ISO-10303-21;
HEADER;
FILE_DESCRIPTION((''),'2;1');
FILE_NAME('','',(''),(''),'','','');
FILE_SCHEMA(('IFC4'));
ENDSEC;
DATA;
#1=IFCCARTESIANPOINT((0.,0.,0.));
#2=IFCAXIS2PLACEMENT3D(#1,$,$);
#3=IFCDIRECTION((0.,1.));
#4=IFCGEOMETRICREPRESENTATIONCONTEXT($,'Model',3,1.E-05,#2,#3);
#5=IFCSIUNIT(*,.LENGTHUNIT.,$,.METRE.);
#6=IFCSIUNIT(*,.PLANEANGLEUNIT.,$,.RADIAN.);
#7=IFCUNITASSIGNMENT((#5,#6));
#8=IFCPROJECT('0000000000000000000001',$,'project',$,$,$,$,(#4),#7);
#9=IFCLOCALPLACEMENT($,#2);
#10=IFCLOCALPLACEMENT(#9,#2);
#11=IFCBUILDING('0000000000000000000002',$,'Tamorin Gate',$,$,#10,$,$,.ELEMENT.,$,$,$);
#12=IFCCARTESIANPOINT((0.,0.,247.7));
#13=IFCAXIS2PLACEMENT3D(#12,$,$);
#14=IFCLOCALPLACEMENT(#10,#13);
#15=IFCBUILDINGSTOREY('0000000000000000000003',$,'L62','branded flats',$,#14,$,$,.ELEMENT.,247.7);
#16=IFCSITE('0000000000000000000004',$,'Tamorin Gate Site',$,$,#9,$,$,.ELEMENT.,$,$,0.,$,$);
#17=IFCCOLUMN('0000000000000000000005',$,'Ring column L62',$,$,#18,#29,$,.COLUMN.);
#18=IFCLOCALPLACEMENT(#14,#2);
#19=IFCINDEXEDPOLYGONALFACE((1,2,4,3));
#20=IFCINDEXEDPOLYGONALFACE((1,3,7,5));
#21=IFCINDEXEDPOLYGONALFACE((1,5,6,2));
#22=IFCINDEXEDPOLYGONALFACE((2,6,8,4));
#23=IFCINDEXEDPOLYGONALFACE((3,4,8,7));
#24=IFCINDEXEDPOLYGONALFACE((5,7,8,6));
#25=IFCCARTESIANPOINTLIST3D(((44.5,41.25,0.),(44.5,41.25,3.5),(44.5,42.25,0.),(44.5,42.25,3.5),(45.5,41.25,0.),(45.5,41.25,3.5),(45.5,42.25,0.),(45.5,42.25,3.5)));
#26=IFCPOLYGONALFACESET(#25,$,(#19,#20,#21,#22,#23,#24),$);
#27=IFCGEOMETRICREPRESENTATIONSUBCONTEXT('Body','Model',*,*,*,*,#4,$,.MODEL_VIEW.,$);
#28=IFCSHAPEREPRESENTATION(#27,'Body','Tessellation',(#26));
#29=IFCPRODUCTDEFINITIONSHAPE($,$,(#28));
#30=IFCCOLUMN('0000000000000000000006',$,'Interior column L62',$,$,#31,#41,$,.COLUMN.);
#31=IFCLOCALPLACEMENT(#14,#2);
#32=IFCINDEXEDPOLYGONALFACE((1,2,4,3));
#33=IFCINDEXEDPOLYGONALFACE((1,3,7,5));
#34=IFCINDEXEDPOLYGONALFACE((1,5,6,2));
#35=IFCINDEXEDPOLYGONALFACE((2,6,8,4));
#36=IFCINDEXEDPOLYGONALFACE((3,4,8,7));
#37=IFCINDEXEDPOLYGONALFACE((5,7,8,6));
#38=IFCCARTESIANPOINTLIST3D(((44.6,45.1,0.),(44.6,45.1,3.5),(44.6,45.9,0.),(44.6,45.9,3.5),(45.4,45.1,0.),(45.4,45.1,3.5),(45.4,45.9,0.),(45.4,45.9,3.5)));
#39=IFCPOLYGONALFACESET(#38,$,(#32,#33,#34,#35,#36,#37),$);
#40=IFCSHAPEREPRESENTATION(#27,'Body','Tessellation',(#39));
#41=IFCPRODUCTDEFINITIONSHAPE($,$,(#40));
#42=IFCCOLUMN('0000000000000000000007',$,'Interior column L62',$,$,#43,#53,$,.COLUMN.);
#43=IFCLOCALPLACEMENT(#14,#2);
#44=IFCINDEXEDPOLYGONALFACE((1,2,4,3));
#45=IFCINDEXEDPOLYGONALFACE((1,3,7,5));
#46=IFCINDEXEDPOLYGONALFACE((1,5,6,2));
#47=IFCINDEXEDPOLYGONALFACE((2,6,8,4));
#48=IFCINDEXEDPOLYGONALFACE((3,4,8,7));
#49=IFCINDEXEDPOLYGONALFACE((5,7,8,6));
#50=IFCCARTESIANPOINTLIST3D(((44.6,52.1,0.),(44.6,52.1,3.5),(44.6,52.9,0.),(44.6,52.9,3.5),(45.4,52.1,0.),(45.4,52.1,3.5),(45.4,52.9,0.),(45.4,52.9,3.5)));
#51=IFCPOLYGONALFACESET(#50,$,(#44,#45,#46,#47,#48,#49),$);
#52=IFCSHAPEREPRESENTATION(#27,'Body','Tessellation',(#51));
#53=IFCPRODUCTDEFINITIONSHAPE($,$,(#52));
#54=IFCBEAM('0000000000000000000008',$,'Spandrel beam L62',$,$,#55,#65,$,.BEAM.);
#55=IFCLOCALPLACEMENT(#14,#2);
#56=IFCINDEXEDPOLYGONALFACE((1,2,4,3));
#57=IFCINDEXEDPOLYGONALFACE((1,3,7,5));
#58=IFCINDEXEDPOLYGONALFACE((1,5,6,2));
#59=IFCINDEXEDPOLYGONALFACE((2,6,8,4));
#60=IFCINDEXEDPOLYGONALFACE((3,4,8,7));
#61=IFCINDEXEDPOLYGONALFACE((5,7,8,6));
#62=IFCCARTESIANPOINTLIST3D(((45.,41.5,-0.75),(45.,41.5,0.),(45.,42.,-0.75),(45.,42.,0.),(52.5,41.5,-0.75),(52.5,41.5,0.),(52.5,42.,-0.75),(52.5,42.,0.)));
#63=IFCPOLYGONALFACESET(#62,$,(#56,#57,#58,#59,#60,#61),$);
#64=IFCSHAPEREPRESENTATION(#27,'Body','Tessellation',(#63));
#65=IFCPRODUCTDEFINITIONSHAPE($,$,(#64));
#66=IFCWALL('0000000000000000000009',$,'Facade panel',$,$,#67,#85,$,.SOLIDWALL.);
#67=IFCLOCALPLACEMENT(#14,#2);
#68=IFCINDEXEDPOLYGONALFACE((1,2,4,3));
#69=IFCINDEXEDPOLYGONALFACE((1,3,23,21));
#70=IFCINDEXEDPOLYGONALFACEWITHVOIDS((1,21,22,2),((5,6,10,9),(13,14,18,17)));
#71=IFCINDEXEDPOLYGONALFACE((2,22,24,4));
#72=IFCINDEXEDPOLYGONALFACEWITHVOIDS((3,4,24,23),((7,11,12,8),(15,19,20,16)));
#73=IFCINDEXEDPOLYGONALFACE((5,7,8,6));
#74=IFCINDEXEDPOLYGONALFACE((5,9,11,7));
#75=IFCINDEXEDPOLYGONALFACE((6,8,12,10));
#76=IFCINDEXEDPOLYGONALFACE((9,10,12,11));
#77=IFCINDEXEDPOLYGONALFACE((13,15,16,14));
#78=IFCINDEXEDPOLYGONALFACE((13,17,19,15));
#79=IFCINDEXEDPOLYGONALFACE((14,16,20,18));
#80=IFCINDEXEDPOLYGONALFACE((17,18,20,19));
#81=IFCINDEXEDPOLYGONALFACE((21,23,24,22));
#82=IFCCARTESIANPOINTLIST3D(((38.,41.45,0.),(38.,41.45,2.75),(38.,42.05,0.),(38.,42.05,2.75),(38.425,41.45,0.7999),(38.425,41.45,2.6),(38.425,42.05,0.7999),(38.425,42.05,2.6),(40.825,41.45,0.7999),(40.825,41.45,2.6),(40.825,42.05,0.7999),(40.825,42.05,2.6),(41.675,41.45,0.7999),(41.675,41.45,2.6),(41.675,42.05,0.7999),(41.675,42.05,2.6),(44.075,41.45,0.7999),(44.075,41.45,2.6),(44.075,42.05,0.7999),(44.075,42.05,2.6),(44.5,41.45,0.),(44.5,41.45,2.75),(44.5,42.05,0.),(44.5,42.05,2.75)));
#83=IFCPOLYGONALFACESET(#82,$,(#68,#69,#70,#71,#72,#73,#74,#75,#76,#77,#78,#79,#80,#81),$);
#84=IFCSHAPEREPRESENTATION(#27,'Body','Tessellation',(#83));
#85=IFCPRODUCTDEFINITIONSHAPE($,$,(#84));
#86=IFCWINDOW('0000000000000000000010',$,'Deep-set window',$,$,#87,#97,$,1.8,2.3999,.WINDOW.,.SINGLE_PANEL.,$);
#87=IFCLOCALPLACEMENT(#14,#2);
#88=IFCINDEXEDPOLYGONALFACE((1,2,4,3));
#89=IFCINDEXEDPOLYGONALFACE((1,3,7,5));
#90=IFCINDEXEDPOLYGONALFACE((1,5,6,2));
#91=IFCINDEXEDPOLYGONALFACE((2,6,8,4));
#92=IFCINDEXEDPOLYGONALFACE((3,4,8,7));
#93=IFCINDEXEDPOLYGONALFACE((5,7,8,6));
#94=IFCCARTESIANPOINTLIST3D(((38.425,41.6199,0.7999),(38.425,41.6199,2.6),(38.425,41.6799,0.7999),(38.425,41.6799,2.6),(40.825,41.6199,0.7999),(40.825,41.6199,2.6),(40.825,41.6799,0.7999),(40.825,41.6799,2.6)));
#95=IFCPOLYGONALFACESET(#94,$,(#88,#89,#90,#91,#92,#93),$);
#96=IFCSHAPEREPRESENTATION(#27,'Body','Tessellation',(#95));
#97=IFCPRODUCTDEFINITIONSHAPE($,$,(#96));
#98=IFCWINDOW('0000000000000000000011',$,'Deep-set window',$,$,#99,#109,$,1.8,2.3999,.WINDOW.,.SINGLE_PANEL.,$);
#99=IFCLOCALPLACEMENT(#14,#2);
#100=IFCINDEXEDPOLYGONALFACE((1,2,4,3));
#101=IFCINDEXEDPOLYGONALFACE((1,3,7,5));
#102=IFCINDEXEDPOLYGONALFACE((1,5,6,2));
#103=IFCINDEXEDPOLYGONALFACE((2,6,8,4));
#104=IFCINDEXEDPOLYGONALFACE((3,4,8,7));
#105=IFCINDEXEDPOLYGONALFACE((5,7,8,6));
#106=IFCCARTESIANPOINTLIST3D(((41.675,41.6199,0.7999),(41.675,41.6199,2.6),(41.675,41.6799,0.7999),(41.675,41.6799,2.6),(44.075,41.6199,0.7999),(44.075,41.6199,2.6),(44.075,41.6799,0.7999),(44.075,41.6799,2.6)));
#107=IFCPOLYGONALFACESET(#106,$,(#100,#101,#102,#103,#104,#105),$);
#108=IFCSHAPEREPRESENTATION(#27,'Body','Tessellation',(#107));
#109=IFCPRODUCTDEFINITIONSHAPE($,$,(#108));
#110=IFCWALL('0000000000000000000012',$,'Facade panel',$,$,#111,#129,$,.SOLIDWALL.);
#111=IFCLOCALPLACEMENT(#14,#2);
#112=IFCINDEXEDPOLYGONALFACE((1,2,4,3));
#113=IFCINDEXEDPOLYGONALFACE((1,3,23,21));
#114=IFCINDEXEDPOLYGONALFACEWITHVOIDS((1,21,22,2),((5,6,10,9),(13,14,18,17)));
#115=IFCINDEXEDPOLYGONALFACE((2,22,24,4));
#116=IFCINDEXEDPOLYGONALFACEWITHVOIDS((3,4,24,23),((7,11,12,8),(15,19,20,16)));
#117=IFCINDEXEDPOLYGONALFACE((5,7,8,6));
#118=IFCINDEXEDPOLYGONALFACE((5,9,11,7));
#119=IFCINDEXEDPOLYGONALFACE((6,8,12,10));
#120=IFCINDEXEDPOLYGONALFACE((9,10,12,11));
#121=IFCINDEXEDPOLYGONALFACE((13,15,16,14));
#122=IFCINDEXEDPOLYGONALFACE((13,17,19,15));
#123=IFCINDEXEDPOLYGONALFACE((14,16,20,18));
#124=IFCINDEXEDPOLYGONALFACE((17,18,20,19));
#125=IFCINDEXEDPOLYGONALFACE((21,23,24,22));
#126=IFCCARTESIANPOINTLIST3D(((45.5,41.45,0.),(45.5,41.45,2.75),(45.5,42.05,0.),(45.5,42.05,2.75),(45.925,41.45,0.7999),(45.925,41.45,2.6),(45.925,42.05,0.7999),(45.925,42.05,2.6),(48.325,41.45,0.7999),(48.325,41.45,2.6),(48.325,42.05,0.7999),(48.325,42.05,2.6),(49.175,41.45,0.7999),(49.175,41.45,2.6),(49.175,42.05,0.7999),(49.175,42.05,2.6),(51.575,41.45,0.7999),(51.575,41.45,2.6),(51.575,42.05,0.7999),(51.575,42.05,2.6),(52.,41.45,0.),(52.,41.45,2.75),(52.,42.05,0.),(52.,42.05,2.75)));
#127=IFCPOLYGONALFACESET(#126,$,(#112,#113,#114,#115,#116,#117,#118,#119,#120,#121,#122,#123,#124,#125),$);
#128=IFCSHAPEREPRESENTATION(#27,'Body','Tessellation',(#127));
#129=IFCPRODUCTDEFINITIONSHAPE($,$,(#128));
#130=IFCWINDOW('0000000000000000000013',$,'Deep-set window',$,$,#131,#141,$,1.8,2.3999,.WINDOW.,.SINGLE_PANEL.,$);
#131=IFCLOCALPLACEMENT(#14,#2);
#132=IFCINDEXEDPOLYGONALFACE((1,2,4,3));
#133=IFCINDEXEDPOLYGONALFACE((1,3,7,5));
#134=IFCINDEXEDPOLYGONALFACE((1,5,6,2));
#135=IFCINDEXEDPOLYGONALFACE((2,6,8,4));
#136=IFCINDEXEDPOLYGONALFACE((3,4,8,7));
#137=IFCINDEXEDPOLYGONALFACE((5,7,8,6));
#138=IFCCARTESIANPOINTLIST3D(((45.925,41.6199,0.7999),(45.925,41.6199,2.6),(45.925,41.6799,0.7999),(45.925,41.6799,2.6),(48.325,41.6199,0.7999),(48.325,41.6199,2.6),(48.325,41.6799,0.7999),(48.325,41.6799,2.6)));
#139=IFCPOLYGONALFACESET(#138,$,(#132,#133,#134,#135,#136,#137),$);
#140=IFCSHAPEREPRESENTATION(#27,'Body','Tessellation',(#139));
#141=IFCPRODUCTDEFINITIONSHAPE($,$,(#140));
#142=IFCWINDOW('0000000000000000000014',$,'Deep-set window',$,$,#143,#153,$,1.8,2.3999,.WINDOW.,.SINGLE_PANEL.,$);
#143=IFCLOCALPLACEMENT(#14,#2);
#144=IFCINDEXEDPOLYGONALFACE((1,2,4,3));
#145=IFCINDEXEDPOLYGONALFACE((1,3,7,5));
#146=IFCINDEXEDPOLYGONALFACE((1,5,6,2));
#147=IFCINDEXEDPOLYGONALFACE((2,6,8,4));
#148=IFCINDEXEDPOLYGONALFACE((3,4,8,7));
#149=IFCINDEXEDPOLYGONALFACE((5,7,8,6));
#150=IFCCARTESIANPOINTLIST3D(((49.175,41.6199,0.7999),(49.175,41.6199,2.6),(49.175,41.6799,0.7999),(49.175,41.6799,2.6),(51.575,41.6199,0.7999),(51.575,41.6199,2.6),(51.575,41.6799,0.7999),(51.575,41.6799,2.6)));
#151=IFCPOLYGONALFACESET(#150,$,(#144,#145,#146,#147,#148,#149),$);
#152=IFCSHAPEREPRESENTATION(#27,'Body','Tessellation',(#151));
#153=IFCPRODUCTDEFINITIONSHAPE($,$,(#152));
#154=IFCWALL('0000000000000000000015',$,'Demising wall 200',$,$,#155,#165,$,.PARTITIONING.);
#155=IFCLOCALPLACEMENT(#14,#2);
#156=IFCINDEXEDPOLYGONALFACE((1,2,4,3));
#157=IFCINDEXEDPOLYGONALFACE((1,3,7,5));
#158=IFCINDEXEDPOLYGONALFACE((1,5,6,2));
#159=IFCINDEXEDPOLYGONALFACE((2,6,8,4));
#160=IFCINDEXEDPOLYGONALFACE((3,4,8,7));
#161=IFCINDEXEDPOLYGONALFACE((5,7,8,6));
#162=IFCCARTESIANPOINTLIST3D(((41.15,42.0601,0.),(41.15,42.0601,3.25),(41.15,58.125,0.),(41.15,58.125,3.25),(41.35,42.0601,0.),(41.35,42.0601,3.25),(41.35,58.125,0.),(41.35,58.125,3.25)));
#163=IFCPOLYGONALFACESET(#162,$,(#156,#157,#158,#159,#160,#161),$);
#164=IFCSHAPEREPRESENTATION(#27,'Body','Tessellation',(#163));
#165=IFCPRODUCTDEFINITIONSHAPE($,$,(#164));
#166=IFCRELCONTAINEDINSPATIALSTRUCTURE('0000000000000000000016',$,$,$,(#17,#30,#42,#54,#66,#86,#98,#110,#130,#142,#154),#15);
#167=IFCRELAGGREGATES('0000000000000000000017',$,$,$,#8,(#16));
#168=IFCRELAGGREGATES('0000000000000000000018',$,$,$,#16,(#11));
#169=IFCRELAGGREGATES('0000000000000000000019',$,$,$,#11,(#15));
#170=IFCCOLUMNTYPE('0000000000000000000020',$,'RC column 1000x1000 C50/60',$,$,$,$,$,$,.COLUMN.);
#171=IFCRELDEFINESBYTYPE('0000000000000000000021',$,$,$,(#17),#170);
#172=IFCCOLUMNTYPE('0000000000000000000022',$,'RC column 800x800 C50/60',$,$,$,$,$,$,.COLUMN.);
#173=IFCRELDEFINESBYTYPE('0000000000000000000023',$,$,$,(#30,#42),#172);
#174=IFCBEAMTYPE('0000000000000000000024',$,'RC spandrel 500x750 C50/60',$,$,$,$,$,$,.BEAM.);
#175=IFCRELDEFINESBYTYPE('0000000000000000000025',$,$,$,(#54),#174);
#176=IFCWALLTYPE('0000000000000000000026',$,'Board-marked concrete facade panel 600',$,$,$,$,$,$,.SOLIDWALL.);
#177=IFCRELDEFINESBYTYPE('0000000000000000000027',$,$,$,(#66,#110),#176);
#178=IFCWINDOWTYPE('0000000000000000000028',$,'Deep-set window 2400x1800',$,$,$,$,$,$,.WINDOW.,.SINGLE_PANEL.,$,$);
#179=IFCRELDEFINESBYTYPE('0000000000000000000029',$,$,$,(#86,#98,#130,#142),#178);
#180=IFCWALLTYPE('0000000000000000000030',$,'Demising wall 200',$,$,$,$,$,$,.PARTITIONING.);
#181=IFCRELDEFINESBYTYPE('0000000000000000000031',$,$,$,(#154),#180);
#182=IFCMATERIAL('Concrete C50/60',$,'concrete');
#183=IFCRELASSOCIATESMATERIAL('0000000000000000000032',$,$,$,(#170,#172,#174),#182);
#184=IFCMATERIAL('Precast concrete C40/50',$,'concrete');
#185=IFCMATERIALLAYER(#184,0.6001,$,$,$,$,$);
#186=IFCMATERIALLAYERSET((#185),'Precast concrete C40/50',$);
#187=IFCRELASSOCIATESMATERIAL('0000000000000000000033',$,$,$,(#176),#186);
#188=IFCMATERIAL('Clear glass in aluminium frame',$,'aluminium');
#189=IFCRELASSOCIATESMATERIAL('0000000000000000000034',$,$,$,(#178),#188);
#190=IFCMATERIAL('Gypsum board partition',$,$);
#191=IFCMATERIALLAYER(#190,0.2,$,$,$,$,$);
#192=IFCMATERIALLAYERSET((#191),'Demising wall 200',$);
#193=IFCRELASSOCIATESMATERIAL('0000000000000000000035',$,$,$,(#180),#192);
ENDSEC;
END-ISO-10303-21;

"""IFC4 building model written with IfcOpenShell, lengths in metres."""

from ifc_helpers import new_model, si_unit, direction, frame, frame_2d, origin, origin_2d, place, context, subcontext, project, spatial, rectangle, extrude, material, layer, layer_set, material_profile, profile_set, type_object, element, fill, save


model = new_model("IFC4")

# Units and contexts
model_context = context("Model", 3, precision=1e-05, world=origin(), true_north=direction((0.0, 1.0)))
body_context = subcontext(model_context, "Body", "Model", "MODEL_VIEW")
ifc_project = project(units=[si_unit("LENGTHUNIT", "METRE"), si_unit("PLANEANGLEUNIT", "RADIAN")], contexts=[model_context])

# Site, building, storey
site_placement = place(None, origin())
site = spatial("IfcSite", under=ifc_project, at=site_placement, Name="Tamorin Gate Site", CompositionType="ELEMENT", RefElevation=0.0)
building_placement = place(site_placement, origin())
building = spatial("IfcBuilding", under=site, at=building_placement, Name="Tamorin Gate", CompositionType="ELEMENT")
storey_placement = place(building_placement, frame((0.0, 0.0, 247.7)))
storey = spatial("IfcBuildingStorey", under=building, at=storey_placement, Name="L62", Description="branded flats", CompositionType="ELEMENT", Elevation=247.7)

# Columns
ifc_material_1 = material(Name="Concrete C50/60", Category="concrete")
ifc_material_profile_1 = material_profile(ifc_material_1, rectangle(XDim=1.0, YDim=1.0, at=origin_2d()), Name="RC 1000x1000")
ifc_profile_set_1 = profile_set([ifc_material_profile_1], Name="Concrete C50/60")
column_type_1 = type_object("IfcColumnType", Name="RC column 1000x1000 C50/60", PredefinedType="COLUMN", material=ifc_profile_set_1)
column_placement = place(storey_placement, frame((45.0, 41.75, 0.0), z_axis=(0.0, 0.0, 1.0), x_axis=(1.0, 0.0, 0.0)))
element("IfcColumn", 1, at=column_placement, inside=storey, type_object=column_type_1, Name="Ring column L62", PredefinedType="COLUMN", context=body_context, shape_type="SweptSolid", body=[
    extrude(rectangle(XDim=1.0, YDim=1.0, at=origin_2d()), origin(), (0.0, 0.0, 1.0), 3.5),
])
ifc_material_profile_2 = material_profile(ifc_material_1, rectangle(XDim=0.8, YDim=0.8, at=origin_2d()), Name="RC 800x800")
ifc_profile_set_2 = profile_set([ifc_material_profile_2], Name="Concrete C50/60")
column_type_2 = type_object("IfcColumnType", Name="RC column 800x800 C50/60", PredefinedType="COLUMN", material=ifc_profile_set_2)
for number, where, z_axis, x_axis, name in (
    (2, (45.0, 45.5, 0.0), (0.0, 0.0, 1.0), (1.0, 0.0, 0.0), "Interior column L62"),
    (3, (45.0, 52.5, 0.0), (0.0, 0.0, 1.0), (1.0, 0.0, 0.0), "Interior column L62"),
):
    element("IfcColumn", number, at=place(storey_placement, frame(where, z_axis=z_axis, x_axis=x_axis)), inside=storey, type_object=column_type_2, Name=name, PredefinedType="COLUMN", context=body_context, shape_type="SweptSolid", body=[
        extrude(rectangle(XDim=0.8, YDim=0.8, at=origin_2d()), origin(), (0.0, 0.0, 1.0), 3.5),
    ])

# Beam
ifc_material_profile_3 = material_profile(ifc_material_1, rectangle(XDim=0.5, YDim=0.75, at=origin_2d()), Name="RC 500x750")
ifc_profile_set_3 = profile_set([ifc_material_profile_3], Name="Concrete C50/60")
beam_type = type_object("IfcBeamType", Name="RC spandrel 500x750 C50/60", PredefinedType="BEAM", material=ifc_profile_set_3)
beam_placement = place(storey_placement, frame((45.0, 41.75, -0.375), z_axis=(1.0, 0.0, 0.0), x_axis=(0.0, 1.0, 0.0)))
element("IfcBeam", 4, at=beam_placement, inside=storey, type_object=beam_type, Name="Spandrel beam L62", PredefinedType="BEAM", context=body_context, shape_type="SweptSolid", body=[
    extrude(rectangle(XDim=0.5, YDim=0.75, at=origin_2d()), origin(), (0.0, 0.0, 1.0), 7.5),
])

# Walls, openings, windows
ifc_material_2 = material(Name="Precast concrete C40/50", Category="concrete")
ifc_layer_1 = layer(ifc_material_2, 0.6001)
ifc_layer_set_1 = layer_set([ifc_layer_1], Name="Precast concrete C40/50")
wall_type_1 = type_object("IfcWallType", Name="Board-marked concrete facade panel 600", PredefinedType="SOLIDWALL", material=ifc_layer_set_1)
wall_1_placement = place(storey_placement, frame((38.0, 41.75, 0.0), z_axis=(0.0, 0.0, 1.0), x_axis=(1.0, 0.0, 0.0)))
wall_1 = element("IfcWall", 5, at=wall_1_placement, inside=storey, type_object=wall_type_1, Name="Facade panel", PredefinedType="SOLIDWALL", context=body_context, shape_type="SweptSolid", body=[
    extrude(rectangle(XDim=6.5, YDim=0.6001, at=frame_2d((3.25, 0.0))), origin(), (0.0, 0.0, 1.0), 2.75),
])
opening_1_placement = place(wall_1_placement, frame((0.425, 0.0, 0.8)))
opening_1 = element("IfcOpeningElement", 6, at=opening_1_placement, cuts=wall_1, PredefinedType="OPENING", context=body_context, shape_type="SweptSolid", body=[
    extrude(rectangle(XDim=2.3999, YDim=1.8, at=frame_2d((1.2, 0.8999))), frame((0.0, 0.3101, 0.0), z_axis=(0.0, -1.0, 0.0), x_axis=(1.0, 0.0, 0.0)), (0.0, 0.0, 1.0), 0.6201),
])
opening_2_placement = place(wall_1_placement, frame((3.675, 0.0, 0.8)))
opening_2 = element("IfcOpeningElement", 7, at=opening_2_placement, cuts=wall_1, PredefinedType="OPENING", context=body_context, shape_type="SweptSolid", body=[
    extrude(rectangle(XDim=2.3999, YDim=1.8, at=frame_2d((1.2, 0.8999))), frame((0.0, 0.3101, 0.0), z_axis=(0.0, -1.0, 0.0), x_axis=(1.0, 0.0, 0.0)), (0.0, 0.0, 1.0), 0.6201),
])
ifc_material_3 = material(Name="Clear glass in aluminium frame", Category="aluminium")
window_type = type_object("IfcWindowType", Name="Deep-set window 2400x1800", PartitioningType="SINGLE_PANEL", PredefinedType="WINDOW", material=ifc_material_3)
window_1_placement = place(opening_1_placement, origin())
window_1 = element("IfcWindow", 8, at=window_1_placement, inside=storey, type_object=window_type, Name="Deep-set window", OverallHeight=1.8, OverallWidth=2.3999, PartitioningType="SINGLE_PANEL", PredefinedType="WINDOW", context=body_context, shape_type="SweptSolid", body=[
    extrude(rectangle(XDim=2.3999, YDim=1.8, at=frame_2d((1.2, 0.8999))), frame((0.0, -0.0701, 0.0), z_axis=(0.0, -1.0, 0.0), x_axis=(1.0, 0.0, 0.0)), (0.0, 0.0, 1.0), 0.0601),
])
fill(opening_1, window_1)
window_2_placement = place(opening_2_placement, origin())
window_2 = element("IfcWindow", 9, at=window_2_placement, inside=storey, type_object=window_type, Name="Deep-set window", OverallHeight=1.8, OverallWidth=2.3999, PartitioningType="SINGLE_PANEL", PredefinedType="WINDOW", context=body_context, shape_type="SweptSolid", body=[
    extrude(rectangle(XDim=2.3999, YDim=1.8, at=frame_2d((1.2, 0.8999))), frame((0.0, -0.0701, 0.0), z_axis=(0.0, -1.0, 0.0), x_axis=(1.0, 0.0, 0.0)), (0.0, 0.0, 1.0), 0.0601),
])
fill(opening_2, window_2)
wall_2_placement = place(storey_placement, frame((45.5, 41.75, 0.0), z_axis=(0.0, 0.0, 1.0), x_axis=(1.0, 0.0, 0.0)))
wall_2 = element("IfcWall", 10, at=wall_2_placement, inside=storey, type_object=wall_type_1, Name="Facade panel", PredefinedType="SOLIDWALL", context=body_context, shape_type="SweptSolid", body=[
    extrude(rectangle(XDim=6.5, YDim=0.6001, at=frame_2d((3.25, 0.0))), origin(), (0.0, 0.0, 1.0), 2.75),
])
opening_3_placement = place(wall_2_placement, frame((0.425, 0.0, 0.8)))
opening_3 = element("IfcOpeningElement", 11, at=opening_3_placement, cuts=wall_2, PredefinedType="OPENING", context=body_context, shape_type="SweptSolid", body=[
    extrude(rectangle(XDim=2.3999, YDim=1.8, at=frame_2d((1.2, 0.8999))), frame((0.0, 0.3101, 0.0), z_axis=(0.0, -1.0, 0.0), x_axis=(1.0, 0.0, 0.0)), (0.0, 0.0, 1.0), 0.6201),
])
opening_4_placement = place(wall_2_placement, frame((3.675, 0.0, 0.8)))
opening_4 = element("IfcOpeningElement", 12, at=opening_4_placement, cuts=wall_2, PredefinedType="OPENING", context=body_context, shape_type="SweptSolid", body=[
    extrude(rectangle(XDim=2.3999, YDim=1.8, at=frame_2d((1.2, 0.8999))), frame((0.0, 0.3101, 0.0), z_axis=(0.0, -1.0, 0.0), x_axis=(1.0, 0.0, 0.0)), (0.0, 0.0, 1.0), 0.6201),
])
window_3_placement = place(opening_3_placement, origin())
window_3 = element("IfcWindow", 13, at=window_3_placement, inside=storey, type_object=window_type, Name="Deep-set window", OverallHeight=1.8, OverallWidth=2.3999, PartitioningType="SINGLE_PANEL", PredefinedType="WINDOW", context=body_context, shape_type="SweptSolid", body=[
    extrude(rectangle(XDim=2.3999, YDim=1.8, at=frame_2d((1.2, 0.8999))), frame((0.0, -0.0701, 0.0), z_axis=(0.0, -1.0, 0.0), x_axis=(1.0, 0.0, 0.0)), (0.0, 0.0, 1.0), 0.0601),
])
fill(opening_3, window_3)
window_4_placement = place(opening_4_placement, origin())
window_4 = element("IfcWindow", 14, at=window_4_placement, inside=storey, type_object=window_type, Name="Deep-set window", OverallHeight=1.8, OverallWidth=2.3999, PartitioningType="SINGLE_PANEL", PredefinedType="WINDOW", context=body_context, shape_type="SweptSolid", body=[
    extrude(rectangle(XDim=2.3999, YDim=1.8, at=frame_2d((1.2, 0.8999))), frame((0.0, -0.0701, 0.0), z_axis=(0.0, -1.0, 0.0), x_axis=(1.0, 0.0, 0.0)), (0.0, 0.0, 1.0), 0.0601),
])
fill(opening_4, window_4)

# Wall
ifc_material_4 = material(Name="Gypsum board partition")
ifc_layer_2 = layer(ifc_material_4, 0.2)
ifc_layer_set_2 = layer_set([ifc_layer_2], Name="Demising wall 200")
wall_type_2 = type_object("IfcWallType", Name="Demising wall 200", PredefinedType="PARTITIONING", material=ifc_layer_set_2)
wall_3_placement = place(storey_placement, frame((41.25, 42.0601, 0.0), z_axis=(0.0, 0.0, 1.0), x_axis=(0.0, 1.0, 0.0)))
element("IfcWall", 15, at=wall_3_placement, inside=storey, type_object=wall_type_2, Name="Demising wall 200", PredefinedType="PARTITIONING", context=body_context, shape_type="SweptSolid", body=[
    extrude(rectangle(XDim=16.0649, YDim=0.2, at=frame_2d((8.0325, 0.0))), origin(), (0.0, 0.0, 1.0), 3.25),
])

save(model, "model.ifc")
